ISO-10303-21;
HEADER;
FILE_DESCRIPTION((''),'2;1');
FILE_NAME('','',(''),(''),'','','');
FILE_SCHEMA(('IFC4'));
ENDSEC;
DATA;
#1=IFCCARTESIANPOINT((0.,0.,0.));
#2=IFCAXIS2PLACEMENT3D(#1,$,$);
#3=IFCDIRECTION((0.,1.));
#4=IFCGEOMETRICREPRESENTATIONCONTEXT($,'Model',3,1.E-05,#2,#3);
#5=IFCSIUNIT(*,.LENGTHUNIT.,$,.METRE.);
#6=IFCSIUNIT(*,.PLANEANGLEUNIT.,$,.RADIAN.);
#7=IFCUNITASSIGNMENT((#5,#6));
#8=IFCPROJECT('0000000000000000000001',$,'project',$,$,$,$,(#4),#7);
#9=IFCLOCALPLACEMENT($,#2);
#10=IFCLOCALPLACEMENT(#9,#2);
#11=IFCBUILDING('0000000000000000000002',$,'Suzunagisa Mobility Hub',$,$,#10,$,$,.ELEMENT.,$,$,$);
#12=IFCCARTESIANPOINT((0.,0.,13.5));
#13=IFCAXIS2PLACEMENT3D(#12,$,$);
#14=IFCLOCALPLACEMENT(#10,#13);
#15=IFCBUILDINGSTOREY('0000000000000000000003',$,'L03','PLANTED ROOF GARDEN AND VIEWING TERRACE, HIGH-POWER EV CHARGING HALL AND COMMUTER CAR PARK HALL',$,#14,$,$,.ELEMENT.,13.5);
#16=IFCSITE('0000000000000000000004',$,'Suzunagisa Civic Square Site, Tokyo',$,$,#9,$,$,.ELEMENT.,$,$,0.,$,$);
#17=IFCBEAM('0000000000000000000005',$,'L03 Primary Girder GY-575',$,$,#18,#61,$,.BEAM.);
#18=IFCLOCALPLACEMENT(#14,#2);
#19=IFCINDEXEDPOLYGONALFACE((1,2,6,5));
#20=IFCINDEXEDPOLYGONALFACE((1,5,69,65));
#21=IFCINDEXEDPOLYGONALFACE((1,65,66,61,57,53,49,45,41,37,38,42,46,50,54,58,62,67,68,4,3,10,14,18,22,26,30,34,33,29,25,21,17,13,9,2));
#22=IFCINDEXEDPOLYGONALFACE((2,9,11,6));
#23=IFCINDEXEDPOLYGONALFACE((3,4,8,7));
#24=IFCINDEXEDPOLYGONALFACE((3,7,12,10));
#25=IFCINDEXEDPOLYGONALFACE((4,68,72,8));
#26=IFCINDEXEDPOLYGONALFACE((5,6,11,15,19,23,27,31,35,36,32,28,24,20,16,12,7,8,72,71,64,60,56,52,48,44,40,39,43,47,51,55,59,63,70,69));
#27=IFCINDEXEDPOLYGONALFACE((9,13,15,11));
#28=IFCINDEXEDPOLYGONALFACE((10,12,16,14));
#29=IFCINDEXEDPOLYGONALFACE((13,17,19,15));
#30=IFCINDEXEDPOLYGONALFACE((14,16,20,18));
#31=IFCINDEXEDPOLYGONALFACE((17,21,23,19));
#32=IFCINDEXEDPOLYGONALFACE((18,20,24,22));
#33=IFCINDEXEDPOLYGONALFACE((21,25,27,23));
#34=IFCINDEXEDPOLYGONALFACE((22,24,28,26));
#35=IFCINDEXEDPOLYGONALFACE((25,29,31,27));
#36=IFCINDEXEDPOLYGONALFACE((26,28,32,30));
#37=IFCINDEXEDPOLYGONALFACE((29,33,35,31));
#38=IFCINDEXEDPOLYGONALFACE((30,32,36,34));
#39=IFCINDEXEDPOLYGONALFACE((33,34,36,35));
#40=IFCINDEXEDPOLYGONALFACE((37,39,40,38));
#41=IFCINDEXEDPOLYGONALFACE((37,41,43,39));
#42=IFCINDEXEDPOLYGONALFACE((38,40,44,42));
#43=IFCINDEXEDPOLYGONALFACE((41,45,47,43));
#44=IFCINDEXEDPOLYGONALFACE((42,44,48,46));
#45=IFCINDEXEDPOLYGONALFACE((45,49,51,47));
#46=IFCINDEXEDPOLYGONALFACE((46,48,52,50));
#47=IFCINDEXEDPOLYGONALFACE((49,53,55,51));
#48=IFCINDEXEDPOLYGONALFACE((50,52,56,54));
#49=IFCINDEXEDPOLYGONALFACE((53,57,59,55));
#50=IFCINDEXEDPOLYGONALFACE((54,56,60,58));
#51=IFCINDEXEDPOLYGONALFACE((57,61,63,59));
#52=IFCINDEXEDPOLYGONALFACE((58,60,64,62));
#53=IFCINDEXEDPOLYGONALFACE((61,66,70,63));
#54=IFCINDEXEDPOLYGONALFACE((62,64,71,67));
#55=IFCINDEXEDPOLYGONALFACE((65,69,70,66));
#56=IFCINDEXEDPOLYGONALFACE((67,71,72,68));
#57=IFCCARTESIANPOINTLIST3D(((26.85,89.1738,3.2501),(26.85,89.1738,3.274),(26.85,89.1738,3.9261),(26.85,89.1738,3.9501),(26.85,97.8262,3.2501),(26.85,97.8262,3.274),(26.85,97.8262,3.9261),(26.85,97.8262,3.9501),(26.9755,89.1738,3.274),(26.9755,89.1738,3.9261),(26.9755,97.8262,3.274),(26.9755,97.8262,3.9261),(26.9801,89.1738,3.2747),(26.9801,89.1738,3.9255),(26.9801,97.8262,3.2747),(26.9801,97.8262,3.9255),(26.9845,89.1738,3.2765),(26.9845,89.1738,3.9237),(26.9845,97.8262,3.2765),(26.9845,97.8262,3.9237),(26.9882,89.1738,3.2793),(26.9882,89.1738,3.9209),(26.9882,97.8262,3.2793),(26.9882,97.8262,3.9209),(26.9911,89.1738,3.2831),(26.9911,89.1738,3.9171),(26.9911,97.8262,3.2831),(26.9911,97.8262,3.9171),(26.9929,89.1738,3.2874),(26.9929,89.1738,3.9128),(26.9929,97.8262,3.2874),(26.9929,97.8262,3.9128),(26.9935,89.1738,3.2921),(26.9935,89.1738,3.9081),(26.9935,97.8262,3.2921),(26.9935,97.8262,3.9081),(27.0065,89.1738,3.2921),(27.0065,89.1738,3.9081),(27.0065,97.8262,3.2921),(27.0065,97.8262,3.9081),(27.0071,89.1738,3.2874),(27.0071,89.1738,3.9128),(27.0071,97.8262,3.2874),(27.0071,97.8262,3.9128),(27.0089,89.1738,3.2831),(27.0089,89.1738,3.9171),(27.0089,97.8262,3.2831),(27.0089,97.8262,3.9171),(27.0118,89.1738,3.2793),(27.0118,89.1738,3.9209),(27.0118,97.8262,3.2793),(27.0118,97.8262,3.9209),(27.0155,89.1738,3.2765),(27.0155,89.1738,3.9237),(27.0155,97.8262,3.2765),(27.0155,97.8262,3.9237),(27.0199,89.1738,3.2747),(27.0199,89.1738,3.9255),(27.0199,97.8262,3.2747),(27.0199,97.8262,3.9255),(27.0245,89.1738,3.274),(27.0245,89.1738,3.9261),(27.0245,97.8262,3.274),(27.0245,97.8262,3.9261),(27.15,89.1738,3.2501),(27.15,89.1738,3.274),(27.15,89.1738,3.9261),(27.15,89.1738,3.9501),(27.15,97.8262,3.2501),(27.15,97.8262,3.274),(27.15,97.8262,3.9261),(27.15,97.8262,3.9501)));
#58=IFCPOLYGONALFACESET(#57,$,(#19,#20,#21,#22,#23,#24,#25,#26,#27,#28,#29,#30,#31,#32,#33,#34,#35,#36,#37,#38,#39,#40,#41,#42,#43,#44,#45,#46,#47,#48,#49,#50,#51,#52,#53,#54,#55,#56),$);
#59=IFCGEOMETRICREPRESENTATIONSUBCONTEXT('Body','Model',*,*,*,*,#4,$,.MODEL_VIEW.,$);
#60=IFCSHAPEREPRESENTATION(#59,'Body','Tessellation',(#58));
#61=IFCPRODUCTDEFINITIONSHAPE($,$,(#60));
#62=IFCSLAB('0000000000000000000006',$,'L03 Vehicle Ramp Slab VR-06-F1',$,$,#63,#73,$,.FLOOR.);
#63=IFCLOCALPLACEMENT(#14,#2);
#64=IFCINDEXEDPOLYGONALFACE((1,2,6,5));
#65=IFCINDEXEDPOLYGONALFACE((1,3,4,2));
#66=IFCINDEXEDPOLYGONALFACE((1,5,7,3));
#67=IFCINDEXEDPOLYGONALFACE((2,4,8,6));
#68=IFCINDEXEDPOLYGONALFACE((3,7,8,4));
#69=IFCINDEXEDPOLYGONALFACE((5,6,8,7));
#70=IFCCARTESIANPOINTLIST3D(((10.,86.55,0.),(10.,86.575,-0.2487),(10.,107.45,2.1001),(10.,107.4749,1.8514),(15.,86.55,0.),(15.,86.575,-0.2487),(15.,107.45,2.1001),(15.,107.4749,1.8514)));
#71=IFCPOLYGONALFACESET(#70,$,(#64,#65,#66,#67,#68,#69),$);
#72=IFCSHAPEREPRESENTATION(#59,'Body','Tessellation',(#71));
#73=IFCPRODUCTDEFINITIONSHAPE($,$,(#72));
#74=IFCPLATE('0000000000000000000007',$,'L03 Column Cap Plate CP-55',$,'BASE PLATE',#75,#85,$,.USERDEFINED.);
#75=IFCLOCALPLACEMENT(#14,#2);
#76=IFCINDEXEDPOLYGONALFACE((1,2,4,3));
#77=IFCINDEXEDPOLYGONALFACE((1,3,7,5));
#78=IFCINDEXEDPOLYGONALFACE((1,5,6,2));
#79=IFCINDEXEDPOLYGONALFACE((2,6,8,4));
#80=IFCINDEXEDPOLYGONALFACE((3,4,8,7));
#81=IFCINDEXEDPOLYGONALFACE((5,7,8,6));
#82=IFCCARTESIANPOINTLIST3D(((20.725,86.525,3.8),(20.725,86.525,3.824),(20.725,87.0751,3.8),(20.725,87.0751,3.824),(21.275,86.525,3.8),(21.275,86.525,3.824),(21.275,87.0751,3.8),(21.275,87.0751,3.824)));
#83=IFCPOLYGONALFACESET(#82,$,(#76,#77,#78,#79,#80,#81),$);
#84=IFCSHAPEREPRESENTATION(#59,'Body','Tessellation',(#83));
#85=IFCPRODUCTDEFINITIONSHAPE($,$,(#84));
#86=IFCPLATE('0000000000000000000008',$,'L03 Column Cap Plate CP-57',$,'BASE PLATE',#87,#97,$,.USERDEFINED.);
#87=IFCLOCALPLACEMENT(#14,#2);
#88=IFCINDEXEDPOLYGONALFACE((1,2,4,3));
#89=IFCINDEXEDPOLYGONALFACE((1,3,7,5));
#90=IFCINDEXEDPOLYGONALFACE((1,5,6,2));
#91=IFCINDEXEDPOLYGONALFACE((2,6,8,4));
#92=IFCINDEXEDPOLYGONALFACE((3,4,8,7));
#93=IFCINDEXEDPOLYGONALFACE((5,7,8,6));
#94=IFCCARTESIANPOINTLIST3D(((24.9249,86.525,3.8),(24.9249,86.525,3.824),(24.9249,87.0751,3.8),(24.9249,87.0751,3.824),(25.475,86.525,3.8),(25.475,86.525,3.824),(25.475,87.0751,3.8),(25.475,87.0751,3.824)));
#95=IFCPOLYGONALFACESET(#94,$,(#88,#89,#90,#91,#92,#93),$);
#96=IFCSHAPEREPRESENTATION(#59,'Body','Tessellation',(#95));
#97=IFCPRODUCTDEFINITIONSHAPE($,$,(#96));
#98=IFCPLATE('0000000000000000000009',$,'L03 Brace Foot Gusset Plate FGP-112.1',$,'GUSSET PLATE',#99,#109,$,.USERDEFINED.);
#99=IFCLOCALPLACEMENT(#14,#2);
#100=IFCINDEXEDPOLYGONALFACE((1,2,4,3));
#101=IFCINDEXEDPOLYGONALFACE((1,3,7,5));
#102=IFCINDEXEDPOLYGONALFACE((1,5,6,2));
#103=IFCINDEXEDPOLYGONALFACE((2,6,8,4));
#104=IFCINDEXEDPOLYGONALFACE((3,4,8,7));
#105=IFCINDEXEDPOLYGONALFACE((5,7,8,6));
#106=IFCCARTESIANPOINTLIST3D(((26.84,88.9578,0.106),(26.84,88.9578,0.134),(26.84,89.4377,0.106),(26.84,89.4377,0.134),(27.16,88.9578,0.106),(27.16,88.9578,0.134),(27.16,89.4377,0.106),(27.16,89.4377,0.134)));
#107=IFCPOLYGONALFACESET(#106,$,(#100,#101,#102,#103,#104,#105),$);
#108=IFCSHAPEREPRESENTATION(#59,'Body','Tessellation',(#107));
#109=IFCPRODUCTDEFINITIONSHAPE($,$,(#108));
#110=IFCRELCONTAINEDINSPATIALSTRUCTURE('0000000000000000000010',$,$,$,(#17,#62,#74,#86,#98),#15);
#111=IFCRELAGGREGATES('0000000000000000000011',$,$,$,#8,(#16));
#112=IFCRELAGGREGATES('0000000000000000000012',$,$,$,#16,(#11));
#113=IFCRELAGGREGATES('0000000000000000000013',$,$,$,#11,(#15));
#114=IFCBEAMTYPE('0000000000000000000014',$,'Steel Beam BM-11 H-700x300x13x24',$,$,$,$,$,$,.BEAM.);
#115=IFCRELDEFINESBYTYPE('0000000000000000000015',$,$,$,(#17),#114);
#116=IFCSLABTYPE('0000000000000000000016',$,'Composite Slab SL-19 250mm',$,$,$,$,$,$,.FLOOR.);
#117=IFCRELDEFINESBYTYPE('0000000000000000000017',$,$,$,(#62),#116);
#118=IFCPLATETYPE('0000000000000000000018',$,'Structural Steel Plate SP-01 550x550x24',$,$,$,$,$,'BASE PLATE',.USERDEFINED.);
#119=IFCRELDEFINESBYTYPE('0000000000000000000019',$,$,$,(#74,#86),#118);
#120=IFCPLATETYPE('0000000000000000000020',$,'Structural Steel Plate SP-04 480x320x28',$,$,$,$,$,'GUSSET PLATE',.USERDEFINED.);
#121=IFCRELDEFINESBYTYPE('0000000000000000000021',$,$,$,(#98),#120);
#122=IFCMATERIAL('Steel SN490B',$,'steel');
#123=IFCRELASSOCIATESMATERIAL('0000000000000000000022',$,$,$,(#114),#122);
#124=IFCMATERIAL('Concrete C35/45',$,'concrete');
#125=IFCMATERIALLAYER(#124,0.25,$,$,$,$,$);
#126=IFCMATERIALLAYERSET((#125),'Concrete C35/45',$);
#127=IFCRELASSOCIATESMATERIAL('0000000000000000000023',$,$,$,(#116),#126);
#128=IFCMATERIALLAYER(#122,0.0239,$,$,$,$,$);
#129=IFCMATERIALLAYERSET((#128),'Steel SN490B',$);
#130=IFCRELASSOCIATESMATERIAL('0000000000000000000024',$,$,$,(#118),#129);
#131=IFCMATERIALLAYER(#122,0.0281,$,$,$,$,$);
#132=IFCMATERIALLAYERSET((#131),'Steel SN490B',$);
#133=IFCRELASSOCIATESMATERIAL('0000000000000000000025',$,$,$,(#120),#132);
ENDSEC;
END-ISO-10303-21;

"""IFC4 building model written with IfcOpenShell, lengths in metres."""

from ifc_helpers import new_model, si_unit, direction, frame, origin, origin_2d, place, context, subcontext, project, spatial, polyline, rectangle, i_section, outline, extrude, material, layer, layer_set, material_profile, profile_set, type_object, element, save


model = new_model("IFC4")

# Units and contexts
model_context = context("Model", 3, precision=1e-05, world=origin(), true_north=direction((0.0, 1.0)))
body_context = subcontext(model_context, "Body", "Model", "MODEL_VIEW")
ifc_project = project(units=[si_unit("LENGTHUNIT", "METRE"), si_unit("PLANEANGLEUNIT", "RADIAN")], contexts=[model_context])

# Site, building, storey
site_placement = place(None, origin())
site = spatial("IfcSite", under=ifc_project, at=site_placement, Name="Suzunagisa Civic Square Site, Tokyo", CompositionType="ELEMENT", RefElevation=0.0)
building_placement = place(site_placement, origin())
building = spatial("IfcBuilding", under=site, at=building_placement, Name="Suzunagisa Mobility Hub", CompositionType="ELEMENT")
storey_placement = place(building_placement, frame((0.0, 0.0, 13.5)))
storey = spatial("IfcBuildingStorey", under=building, at=storey_placement, Name="L03", Description="PLANTED ROOF GARDEN AND VIEWING TERRACE, HIGH-POWER EV CHARGING HALL AND COMMUTER CAR PARK HALL", CompositionType="ELEMENT", Elevation=13.5)

# Shared definitions
ifc_material_1 = material(Name="Steel SN490B", Category="steel")

# Beam
ifc_material_profile_1 = material_profile(ifc_material_1, i_section(OverallWidth=0.3, OverallDepth=0.7, WebThickness=0.0129, FlangeThickness=0.0239, FilletRadius=0.0181, at=origin_2d()), Name="H-700x300x13x24")
ifc_profile_set_1 = profile_set([ifc_material_profile_1], Name="Steel SN490B")
beam_type_1 = type_object("IfcBeamType", Name="Steel Beam BM-11 H-700x300x13x24", PredefinedType="BEAM", material=ifc_profile_set_1)
for number, where, z_axis, x_axis, name in (
    (1, (27.0, 89.1738, 3.6001), (0.0, 1.0, 0.0), (-1.0, 0.0, 0.0), "L03 Primary Girder GY-575"),
):
    element("IfcBeam", number, at=place(storey_placement, frame(where, z_axis=z_axis, x_axis=x_axis)), inside=storey, type_object=beam_type_1, Name=name, PredefinedType="BEAM", context=body_context, shape_type="SweptSolid", body=[
        extrude(i_section(OverallWidth=0.3, OverallDepth=0.7, WebThickness=0.0129, FlangeThickness=0.0239, FilletRadius=0.0181, at=origin_2d()), origin(), (0.0, 0.0, 1.0), 8.6523),
    ])

# Slab
ifc_material_2 = material(Name="Concrete C35/45", Category="concrete")
ifc_layer_1 = layer(ifc_material_2, 0.25)
ifc_layer_set_1 = layer_set([ifc_layer_1], Name="Concrete C35/45")
slab_type = type_object("IfcSlabType", Name="Composite Slab SL-19 250mm", PredefinedType="FLOOR", material=ifc_layer_set_1)
slab_placement = place(storey_placement, frame((10.0, 86.55, 0.0), z_axis=(0.0, -0.09998, 0.994989), x_axis=(1.0, 0.0, 0.0)))
element("IfcSlab", 2, at=slab_placement, inside=storey, type_object=slab_type, Name="L03 Vehicle Ramp Slab VR-06-F1", PredefinedType="FLOOR", context=body_context, shape_type="SweptSolid", body=[
    extrude(outline(polyline([(0.0, 0.0), (5.0, 0.0), (5.0, 21.0052), (0.0, 21.0052), (0.0, 0.0)])), origin(), (0.0, 0.0, -1.0), 0.25),
])

# Plates
ifc_layer_2 = layer(ifc_material_1, 0.0239)
ifc_layer_set_2 = layer_set([ifc_layer_2], Name="Steel SN490B")
plate_type_1 = type_object("IfcPlateType", Name="Structural Steel Plate SP-01 550x550x24", ElementType="BASE PLATE", PredefinedType="USERDEFINED", material=ifc_layer_set_2)
for number, where, z_axis, x_axis, name in (
    (3, (21.0, 86.8, 3.8), (0.0, 0.0, 1.0), (1.0, 0.0, 0.0), "L03 Column Cap Plate CP-55"),
    (4, (25.2, 86.8, 3.8), (0.0, 0.0, 1.0), (1.0, 0.0, 0.0), "L03 Column Cap Plate CP-57"),
):
    element("IfcPlate", number, at=place(storey_placement, frame(where, z_axis=z_axis, x_axis=x_axis)), inside=storey, type_object=plate_type_1, Name=name, ObjectType="BASE PLATE", PredefinedType="USERDEFINED", context=body_context, shape_type="SweptSolid", body=[
        extrude(rectangle(XDim=0.55, YDim=0.55, at=origin_2d()), origin(), (0.0, 0.0, 1.0), 0.0239),
    ])
ifc_layer_3 = layer(ifc_material_1, 0.0281)
ifc_layer_set_3 = layer_set([ifc_layer_3], Name="Steel SN490B")
plate_type_2 = type_object("IfcPlateType", Name="Structural Steel Plate SP-04 480x320x28", ElementType="GUSSET PLATE", PredefinedType="USERDEFINED", material=ifc_layer_set_3)
plate_placement = place(storey_placement, frame((27.0, 89.1978, 0.106), z_axis=(0.0, 0.0, 1.0), x_axis=(1.0, 0.0, 0.0)))
element("IfcPlate", 5, at=plate_placement, inside=storey, type_object=plate_type_2, Name="L03 Brace Foot Gusset Plate FGP-112.1", ObjectType="GUSSET PLATE", PredefinedType="USERDEFINED", context=body_context, shape_type="SweptSolid", body=[
    extrude(rectangle(XDim=0.3201, YDim=0.48, at=origin_2d()), origin(), (0.0, 0.0, 1.0), 0.0281),
])

save(model, "model.ifc")
